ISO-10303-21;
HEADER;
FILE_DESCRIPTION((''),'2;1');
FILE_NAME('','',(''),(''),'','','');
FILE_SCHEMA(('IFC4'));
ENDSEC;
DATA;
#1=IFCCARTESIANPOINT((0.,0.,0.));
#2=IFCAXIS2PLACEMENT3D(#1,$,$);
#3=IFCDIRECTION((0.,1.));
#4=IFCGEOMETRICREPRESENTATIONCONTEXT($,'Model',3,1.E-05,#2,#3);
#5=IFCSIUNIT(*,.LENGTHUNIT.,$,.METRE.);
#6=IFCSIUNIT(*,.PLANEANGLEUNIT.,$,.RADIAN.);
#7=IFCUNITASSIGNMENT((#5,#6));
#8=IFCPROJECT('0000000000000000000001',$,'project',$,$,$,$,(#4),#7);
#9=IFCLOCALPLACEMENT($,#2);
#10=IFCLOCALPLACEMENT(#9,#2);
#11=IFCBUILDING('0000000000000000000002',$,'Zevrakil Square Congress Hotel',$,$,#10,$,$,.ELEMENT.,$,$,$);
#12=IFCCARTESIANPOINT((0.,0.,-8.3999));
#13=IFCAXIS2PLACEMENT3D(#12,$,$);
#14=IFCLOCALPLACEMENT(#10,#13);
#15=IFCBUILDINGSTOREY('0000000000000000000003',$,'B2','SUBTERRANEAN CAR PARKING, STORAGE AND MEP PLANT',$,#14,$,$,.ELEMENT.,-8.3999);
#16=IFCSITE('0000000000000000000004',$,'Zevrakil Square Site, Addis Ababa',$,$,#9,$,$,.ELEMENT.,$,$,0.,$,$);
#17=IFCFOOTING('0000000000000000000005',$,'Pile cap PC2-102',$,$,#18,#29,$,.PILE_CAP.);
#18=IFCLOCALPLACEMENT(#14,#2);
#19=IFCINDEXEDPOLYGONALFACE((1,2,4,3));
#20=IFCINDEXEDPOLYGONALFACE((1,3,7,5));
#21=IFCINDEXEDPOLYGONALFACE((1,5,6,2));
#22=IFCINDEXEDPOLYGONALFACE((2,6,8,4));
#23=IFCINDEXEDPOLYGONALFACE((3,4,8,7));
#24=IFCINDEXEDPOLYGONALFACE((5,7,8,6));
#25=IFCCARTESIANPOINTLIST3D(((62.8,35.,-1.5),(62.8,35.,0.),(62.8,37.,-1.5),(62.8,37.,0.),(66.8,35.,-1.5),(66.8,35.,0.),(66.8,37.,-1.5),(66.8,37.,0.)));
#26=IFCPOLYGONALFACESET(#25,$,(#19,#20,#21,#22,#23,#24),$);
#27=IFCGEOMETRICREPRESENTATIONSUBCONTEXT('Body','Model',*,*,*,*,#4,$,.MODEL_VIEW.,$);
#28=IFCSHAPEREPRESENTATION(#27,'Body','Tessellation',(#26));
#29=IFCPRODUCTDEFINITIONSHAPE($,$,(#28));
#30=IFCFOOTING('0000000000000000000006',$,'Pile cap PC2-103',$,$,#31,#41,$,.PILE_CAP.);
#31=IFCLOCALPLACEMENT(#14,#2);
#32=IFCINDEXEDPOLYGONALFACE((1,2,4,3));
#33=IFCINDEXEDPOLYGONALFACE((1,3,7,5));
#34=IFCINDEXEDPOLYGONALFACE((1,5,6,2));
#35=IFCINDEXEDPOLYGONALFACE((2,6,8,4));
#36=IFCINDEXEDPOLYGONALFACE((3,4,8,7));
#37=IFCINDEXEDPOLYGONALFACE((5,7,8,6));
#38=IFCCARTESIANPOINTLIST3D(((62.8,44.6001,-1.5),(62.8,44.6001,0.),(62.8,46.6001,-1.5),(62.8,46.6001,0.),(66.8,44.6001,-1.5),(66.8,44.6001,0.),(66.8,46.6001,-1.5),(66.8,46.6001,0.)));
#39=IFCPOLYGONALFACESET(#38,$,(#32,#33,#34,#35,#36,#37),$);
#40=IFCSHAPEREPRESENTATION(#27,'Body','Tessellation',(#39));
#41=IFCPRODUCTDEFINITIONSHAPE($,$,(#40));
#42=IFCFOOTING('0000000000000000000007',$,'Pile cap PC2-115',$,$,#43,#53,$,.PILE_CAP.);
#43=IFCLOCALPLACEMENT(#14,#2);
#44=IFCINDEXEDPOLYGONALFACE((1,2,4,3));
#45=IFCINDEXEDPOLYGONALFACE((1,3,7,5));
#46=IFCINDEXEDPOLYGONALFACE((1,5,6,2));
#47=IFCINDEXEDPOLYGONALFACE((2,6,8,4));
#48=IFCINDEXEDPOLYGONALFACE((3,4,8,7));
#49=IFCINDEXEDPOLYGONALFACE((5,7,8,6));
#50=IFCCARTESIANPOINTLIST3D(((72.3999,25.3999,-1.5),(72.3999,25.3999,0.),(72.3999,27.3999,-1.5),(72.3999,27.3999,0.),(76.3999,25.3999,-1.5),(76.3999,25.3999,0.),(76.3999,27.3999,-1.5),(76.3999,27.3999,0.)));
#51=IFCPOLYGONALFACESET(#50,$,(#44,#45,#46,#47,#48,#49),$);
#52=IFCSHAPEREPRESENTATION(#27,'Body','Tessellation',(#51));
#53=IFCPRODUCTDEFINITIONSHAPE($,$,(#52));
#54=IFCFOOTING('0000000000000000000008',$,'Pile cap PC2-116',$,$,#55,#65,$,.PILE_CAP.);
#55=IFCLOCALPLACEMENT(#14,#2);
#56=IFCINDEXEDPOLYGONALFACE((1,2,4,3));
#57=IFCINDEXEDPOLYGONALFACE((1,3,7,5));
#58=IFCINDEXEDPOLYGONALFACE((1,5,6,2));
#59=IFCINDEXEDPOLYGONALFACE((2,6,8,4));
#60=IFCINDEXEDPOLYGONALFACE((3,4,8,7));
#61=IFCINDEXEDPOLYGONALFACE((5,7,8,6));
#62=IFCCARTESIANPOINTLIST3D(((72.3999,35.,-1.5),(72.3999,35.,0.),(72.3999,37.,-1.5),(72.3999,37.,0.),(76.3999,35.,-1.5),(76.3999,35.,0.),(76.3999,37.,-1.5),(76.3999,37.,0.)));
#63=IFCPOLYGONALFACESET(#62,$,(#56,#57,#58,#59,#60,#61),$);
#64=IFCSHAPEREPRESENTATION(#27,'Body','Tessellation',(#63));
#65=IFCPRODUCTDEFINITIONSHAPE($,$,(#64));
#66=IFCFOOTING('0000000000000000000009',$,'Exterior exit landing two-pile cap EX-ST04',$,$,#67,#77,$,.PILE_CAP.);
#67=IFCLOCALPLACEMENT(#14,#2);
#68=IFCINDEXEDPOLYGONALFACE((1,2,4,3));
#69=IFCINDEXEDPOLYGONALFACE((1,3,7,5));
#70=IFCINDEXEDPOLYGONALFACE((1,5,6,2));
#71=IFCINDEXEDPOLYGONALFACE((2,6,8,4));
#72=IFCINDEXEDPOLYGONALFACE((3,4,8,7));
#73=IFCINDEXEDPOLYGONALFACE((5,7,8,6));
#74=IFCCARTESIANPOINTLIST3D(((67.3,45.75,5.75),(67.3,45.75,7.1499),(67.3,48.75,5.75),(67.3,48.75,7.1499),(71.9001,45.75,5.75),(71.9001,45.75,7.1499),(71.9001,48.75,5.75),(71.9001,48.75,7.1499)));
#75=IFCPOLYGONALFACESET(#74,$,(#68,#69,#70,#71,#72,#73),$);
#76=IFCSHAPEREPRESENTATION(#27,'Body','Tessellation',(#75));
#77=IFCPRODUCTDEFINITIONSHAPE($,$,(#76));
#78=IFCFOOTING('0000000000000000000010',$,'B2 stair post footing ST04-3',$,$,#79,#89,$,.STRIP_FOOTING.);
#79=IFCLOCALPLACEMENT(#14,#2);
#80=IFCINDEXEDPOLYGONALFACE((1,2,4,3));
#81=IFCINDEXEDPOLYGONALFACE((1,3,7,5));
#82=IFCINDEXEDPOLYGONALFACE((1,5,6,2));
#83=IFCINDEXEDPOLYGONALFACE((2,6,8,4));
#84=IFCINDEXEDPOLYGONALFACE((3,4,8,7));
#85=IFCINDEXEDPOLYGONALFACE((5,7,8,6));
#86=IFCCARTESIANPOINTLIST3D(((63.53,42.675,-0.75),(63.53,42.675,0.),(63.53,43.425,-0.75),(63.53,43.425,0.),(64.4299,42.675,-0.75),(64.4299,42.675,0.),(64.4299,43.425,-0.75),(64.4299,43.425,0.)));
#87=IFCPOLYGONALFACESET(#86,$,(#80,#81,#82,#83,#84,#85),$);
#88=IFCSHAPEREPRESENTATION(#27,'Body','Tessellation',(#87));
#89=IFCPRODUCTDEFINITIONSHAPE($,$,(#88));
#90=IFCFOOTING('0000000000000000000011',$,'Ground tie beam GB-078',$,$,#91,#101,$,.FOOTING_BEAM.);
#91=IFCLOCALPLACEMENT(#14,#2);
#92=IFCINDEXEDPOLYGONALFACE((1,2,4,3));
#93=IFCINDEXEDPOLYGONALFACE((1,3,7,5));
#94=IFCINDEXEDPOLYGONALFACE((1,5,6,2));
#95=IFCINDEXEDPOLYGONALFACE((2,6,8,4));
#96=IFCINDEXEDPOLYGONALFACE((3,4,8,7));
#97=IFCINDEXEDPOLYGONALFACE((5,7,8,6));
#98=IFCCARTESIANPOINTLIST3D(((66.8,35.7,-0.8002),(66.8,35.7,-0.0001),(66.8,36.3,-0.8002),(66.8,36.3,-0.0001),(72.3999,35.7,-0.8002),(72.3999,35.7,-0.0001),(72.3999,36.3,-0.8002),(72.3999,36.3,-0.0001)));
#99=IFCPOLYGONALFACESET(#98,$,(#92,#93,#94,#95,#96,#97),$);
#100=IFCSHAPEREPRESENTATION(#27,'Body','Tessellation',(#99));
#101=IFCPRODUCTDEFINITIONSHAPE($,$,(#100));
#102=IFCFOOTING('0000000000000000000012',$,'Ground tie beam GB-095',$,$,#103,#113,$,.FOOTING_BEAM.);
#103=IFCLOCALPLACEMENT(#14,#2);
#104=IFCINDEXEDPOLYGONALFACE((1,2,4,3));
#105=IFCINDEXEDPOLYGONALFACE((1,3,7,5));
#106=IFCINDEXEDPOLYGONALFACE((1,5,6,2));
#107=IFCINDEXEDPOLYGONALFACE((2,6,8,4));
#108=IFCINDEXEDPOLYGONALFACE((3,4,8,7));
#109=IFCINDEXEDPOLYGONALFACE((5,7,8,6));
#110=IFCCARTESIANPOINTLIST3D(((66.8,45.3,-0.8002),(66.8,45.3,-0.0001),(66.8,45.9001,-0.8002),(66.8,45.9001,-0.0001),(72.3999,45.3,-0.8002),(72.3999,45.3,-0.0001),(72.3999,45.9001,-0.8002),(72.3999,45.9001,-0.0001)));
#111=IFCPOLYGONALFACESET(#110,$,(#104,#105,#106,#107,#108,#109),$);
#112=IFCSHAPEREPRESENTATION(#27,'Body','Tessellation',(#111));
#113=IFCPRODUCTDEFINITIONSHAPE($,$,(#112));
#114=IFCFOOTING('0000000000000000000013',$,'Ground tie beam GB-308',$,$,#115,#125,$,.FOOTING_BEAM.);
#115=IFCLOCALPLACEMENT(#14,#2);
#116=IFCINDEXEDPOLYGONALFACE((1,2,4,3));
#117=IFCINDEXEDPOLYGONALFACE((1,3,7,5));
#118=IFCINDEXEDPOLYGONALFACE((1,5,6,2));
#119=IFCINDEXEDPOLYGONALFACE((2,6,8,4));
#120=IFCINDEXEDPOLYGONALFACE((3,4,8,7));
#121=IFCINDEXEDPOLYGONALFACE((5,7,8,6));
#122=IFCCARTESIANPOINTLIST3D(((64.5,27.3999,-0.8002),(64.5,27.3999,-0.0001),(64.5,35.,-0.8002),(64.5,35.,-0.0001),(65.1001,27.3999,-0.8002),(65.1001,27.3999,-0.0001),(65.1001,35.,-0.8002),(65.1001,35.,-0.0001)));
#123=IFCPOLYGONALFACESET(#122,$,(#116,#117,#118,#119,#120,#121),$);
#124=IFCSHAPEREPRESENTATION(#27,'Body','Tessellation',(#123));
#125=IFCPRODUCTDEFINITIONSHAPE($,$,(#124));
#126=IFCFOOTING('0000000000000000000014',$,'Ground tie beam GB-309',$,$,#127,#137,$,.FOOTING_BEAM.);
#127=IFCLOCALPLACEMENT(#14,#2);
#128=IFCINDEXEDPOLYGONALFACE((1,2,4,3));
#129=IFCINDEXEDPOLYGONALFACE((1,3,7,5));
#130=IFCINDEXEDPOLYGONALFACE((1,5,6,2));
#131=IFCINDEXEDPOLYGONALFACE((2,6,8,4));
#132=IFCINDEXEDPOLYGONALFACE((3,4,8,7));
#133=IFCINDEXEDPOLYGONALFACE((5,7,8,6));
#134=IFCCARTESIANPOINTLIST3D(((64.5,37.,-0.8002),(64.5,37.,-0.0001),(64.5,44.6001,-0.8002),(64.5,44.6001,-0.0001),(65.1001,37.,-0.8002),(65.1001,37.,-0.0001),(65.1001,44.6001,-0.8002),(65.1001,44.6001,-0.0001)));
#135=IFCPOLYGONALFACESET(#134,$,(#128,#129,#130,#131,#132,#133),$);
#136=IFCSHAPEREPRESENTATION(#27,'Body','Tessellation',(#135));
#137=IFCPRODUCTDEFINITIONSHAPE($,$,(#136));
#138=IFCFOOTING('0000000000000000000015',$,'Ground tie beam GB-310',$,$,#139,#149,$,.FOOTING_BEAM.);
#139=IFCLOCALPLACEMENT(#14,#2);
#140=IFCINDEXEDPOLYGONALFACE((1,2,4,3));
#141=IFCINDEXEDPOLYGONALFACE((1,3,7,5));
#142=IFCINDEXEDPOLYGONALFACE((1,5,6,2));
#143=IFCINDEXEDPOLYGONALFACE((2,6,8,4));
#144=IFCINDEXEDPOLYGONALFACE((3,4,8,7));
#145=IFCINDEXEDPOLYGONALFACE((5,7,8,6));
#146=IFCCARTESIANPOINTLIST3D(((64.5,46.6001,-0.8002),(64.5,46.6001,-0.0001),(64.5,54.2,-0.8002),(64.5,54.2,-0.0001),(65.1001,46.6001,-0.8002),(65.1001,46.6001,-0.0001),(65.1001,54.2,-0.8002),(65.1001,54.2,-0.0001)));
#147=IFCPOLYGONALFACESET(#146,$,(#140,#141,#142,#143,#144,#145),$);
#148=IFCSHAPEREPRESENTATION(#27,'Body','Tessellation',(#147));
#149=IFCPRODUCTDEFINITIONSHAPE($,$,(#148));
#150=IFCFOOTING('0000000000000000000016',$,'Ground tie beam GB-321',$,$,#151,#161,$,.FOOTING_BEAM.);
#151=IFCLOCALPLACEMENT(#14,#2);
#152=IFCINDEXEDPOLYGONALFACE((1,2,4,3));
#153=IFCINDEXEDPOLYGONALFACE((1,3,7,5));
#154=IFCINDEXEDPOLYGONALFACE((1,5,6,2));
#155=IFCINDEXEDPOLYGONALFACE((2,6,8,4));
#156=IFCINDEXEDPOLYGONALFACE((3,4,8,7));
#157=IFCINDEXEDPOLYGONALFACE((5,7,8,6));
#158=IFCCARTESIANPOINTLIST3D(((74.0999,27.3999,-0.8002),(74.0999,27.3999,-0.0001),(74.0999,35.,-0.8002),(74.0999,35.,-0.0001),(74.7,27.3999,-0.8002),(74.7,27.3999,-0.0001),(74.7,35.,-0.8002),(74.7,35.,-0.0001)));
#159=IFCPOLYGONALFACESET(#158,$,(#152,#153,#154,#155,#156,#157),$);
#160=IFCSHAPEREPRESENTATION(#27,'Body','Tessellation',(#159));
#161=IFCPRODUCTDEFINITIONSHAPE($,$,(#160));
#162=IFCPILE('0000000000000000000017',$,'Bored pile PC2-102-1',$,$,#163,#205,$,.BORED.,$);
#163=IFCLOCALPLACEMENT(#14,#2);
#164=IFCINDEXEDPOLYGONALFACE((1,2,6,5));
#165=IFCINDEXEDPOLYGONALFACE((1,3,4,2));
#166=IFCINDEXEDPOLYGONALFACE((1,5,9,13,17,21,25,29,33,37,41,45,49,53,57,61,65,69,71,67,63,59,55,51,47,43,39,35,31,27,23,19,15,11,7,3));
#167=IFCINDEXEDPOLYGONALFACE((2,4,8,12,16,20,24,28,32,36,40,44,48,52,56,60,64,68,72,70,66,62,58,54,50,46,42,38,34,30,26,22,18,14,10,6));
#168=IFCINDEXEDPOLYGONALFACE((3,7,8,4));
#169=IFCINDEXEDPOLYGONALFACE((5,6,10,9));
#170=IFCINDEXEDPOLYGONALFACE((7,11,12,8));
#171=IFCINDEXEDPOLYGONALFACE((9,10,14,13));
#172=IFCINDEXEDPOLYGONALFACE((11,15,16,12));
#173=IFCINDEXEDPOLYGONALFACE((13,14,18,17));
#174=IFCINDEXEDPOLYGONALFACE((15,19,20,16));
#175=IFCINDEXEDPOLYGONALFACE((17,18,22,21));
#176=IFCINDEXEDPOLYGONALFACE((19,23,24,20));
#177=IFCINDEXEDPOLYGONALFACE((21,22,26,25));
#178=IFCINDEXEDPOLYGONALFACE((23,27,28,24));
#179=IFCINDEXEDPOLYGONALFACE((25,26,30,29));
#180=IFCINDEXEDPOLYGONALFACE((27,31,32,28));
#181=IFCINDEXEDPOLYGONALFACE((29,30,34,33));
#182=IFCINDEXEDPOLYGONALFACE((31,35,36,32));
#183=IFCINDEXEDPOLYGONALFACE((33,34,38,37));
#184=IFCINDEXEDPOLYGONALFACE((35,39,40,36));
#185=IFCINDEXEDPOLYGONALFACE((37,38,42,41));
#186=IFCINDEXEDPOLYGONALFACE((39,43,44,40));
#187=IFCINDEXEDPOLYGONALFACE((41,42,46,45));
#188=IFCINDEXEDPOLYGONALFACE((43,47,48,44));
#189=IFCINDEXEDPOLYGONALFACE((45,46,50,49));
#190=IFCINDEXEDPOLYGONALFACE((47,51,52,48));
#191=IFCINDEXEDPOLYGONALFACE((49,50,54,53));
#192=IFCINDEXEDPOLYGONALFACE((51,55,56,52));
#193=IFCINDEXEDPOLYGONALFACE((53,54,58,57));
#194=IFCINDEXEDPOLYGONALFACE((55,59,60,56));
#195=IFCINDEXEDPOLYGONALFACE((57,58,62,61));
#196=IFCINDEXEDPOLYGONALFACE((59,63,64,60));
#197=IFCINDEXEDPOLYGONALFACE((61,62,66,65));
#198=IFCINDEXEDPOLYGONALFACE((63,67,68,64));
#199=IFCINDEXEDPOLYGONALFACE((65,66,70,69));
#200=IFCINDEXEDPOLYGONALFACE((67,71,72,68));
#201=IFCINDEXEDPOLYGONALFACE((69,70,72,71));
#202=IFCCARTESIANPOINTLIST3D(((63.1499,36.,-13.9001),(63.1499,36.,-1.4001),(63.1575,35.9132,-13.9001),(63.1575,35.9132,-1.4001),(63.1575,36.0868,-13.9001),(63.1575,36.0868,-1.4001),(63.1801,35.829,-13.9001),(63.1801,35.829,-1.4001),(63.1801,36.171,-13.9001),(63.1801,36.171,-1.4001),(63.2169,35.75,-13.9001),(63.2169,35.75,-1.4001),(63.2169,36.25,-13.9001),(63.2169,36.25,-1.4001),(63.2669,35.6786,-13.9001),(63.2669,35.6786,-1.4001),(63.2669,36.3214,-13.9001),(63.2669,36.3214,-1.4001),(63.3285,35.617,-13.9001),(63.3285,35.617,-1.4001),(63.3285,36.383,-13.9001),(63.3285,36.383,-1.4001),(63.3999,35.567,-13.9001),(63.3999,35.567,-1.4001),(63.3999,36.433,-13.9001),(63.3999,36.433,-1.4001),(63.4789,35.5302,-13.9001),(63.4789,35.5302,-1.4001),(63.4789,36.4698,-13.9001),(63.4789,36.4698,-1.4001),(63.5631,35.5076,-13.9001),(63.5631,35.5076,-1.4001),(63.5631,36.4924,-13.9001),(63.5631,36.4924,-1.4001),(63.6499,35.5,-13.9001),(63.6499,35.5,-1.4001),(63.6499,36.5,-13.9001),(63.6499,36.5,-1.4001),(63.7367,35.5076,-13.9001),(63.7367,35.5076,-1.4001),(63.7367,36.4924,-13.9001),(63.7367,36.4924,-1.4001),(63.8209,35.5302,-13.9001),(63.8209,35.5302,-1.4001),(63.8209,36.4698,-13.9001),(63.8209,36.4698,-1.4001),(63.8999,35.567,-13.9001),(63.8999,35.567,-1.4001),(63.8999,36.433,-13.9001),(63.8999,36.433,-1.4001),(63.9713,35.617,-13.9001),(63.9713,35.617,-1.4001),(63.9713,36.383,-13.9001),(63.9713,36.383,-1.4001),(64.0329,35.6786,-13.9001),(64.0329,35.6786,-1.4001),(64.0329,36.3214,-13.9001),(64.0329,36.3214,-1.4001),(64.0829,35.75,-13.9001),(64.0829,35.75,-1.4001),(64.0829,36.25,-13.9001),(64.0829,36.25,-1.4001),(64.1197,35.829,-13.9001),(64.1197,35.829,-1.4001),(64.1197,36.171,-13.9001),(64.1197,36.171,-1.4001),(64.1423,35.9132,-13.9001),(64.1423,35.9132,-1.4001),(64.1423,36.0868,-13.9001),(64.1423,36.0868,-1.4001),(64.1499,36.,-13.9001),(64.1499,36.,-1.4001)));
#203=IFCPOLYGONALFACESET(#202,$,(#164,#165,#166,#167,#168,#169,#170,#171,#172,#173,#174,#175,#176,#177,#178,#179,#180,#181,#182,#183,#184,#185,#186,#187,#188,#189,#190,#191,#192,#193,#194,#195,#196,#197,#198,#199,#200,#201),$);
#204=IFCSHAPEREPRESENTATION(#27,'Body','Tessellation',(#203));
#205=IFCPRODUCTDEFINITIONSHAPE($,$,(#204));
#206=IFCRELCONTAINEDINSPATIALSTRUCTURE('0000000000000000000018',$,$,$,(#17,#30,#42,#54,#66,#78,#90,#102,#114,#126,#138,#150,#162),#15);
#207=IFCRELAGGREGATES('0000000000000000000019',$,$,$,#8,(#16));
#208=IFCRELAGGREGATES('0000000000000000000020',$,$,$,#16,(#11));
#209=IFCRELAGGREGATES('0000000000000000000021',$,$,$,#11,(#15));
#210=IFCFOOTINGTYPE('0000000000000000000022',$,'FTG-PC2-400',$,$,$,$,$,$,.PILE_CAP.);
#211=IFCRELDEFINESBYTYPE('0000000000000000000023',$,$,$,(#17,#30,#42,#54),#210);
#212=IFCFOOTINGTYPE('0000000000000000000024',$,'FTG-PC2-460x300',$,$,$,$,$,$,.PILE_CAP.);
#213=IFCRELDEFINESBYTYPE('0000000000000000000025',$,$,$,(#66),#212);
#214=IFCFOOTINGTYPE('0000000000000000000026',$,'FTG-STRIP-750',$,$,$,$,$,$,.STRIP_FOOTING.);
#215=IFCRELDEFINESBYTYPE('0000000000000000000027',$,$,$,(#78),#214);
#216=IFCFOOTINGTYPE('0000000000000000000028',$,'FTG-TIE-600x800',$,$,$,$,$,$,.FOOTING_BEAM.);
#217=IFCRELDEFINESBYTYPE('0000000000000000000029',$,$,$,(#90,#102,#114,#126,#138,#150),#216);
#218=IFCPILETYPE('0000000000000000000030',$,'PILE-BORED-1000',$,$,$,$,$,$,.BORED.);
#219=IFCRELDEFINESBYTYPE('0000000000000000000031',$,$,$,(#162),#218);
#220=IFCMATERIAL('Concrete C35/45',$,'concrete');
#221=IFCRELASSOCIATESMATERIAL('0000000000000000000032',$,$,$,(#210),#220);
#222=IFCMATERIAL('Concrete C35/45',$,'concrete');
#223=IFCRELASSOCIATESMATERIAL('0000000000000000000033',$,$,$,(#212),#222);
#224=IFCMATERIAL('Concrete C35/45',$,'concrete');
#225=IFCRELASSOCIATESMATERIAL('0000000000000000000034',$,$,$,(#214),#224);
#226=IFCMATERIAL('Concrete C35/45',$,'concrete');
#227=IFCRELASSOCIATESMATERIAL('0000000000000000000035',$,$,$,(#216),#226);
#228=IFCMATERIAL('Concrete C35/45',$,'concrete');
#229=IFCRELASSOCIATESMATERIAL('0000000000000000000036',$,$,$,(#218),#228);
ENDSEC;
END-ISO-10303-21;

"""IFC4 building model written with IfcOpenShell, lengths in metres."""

from ifc_helpers import new_model, si_unit, direction, frame, origin, origin_2d, place, context, subcontext, project, spatial, rectangle, circle, extrude, material, material_profile, profile_set, type_object, element, save


model = new_model("IFC4")

# Units and contexts
model_context = context("Model", 3, precision=1e-05, world=origin(), true_north=direction((0.0, 1.0)))
body_context = subcontext(model_context, "Body", "Model", "MODEL_VIEW")
ifc_project = project(units=[si_unit("LENGTHUNIT", "METRE"), si_unit("PLANEANGLEUNIT", "RADIAN")], contexts=[model_context])

# Site, building, storey
site_placement = place(None, origin())
site = spatial("IfcSite", under=ifc_project, at=site_placement, Name="Zevrakil Square Site, Addis Ababa", CompositionType="ELEMENT", RefElevation=0.0)
building_placement = place(site_placement, origin())
building = spatial("IfcBuilding", under=site, at=building_placement, Name="Zevrakil Square Congress Hotel", CompositionType="ELEMENT")
storey_placement = place(building_placement, frame((0.0, 0.0, -8.3999)))
storey = spatial("IfcBuildingStorey", under=building, at=storey_placement, Name="B2", Description="SUBTERRANEAN CAR PARKING, STORAGE AND MEP PLANT", CompositionType="ELEMENT", Elevation=-8.3999)

# Footings
ifc_material_1 = material(Name="Concrete C35/45", Category="concrete")
footing_type_1 = type_object("IfcFootingType", Name="FTG-PC2-400", PredefinedType="PILE_CAP", material=ifc_material_1)
for number, where, z_axis, x_axis, name in (
    (1, (64.8, 36.0, -1.5), (0.0, 0.0, 1.0), (1.0, 0.0, 0.0), "Pile cap PC2-102"),
    (2, (64.8, 45.6001, -1.5), (0.0, 0.0, 1.0), (1.0, 0.0, 0.0), "Pile cap PC2-103"),
    (3, (74.3999, 26.3999, -1.5), (0.0, 0.0, 1.0), (1.0, 0.0, 0.0), "Pile cap PC2-115"),
    (4, (74.3999, 36.0, -1.5), (0.0, 0.0, 1.0), (1.0, 0.0, 0.0), "Pile cap PC2-116"),
):
    element("IfcFooting", number, at=place(storey_placement, frame(where, z_axis=z_axis, x_axis=x_axis)), inside=storey, type_object=footing_type_1, Name=name, PredefinedType="PILE_CAP", context=body_context, shape_type="SweptSolid", body=[
        extrude(rectangle(XDim=4.0, YDim=2.0, at=origin_2d()), origin(), (0.0, 0.0, 1.0), 1.5),
    ])
ifc_material_2 = material(Name="Concrete C35/45", Category="concrete")
footing_type_2 = type_object("IfcFootingType", Name="FTG-PC2-460x300", PredefinedType="PILE_CAP", material=ifc_material_2)
footing_1_placement = place(storey_placement, frame((69.6001, 47.25, 5.75), z_axis=(0.0, 0.0, 1.0), x_axis=(1.0, 0.0, 0.0)))
element("IfcFooting", 5, at=footing_1_placement, inside=storey, type_object=footing_type_2, Name="Exterior exit landing two-pile cap EX-ST04", PredefinedType="PILE_CAP", context=body_context, shape_type="SweptSolid", body=[
    extrude(rectangle(XDim=4.6001, YDim=3.0, at=origin_2d()), origin(), (0.0, 0.0, 1.0), 1.3999),
])
ifc_material_3 = material(Name="Concrete C35/45", Category="concrete")
ifc_material_profile_1 = material_profile(ifc_material_3, rectangle(XDim=0.75, YDim=0.75, at=origin_2d()), Name="RC 750x750")
ifc_profile_set_1 = profile_set([ifc_material_profile_1], Name="Concrete C35/45")
footing_type_3 = type_object("IfcFootingType", Name="FTG-STRIP-750", PredefinedType="STRIP_FOOTING", material=ifc_profile_set_1)
footing_2_placement = place(storey_placement, frame((63.53, 43.05, -0.375), z_axis=(1.0, 0.0, 0.0), x_axis=(0.0, 1.0, 0.0)))
element("IfcFooting", 6, at=footing_2_placement, inside=storey, type_object=footing_type_3, Name="B2 stair post footing ST04-3", PredefinedType="STRIP_FOOTING", context=body_context, shape_type="SweptSolid", body=[
    extrude(rectangle(XDim=0.75, YDim=0.75, at=origin_2d()), origin(), (0.0, 0.0, 1.0), 0.8999),
])
ifc_material_4 = material(Name="Concrete C35/45", Category="concrete")
ifc_material_profile_2 = material_profile(ifc_material_4, rectangle(XDim=0.6001, YDim=0.8, at=origin_2d()), Name="RC 600x800")
ifc_profile_set_2 = profile_set([ifc_material_profile_2], Name="Concrete C35/45")
footing_type_4 = type_object("IfcFootingType", Name="FTG-TIE-600x800", PredefinedType="FOOTING_BEAM", material=ifc_profile_set_2)
for number, where, z_axis, x_axis, name in (
    (7, (66.8, 36.0, -0.4001), (1.0, 0.0, 0.0), (0.0, 1.0, 0.0), "Ground tie beam GB-078"),
    (8, (66.8, 45.6001, -0.4001), (1.0, 0.0, 0.0), (0.0, 1.0, 0.0), "Ground tie beam GB-095"),
):
    element("IfcFooting", number, at=place(storey_placement, frame(where, z_axis=z_axis, x_axis=x_axis)), inside=storey, type_object=footing_type_4, Name=name, PredefinedType="FOOTING_BEAM", context=body_context, shape_type="SweptSolid", body=[
        extrude(rectangle(XDim=0.6001, YDim=0.8, at=origin_2d()), origin(), (0.0, 0.0, 1.0), 5.5999),
    ])
for number, where, z_axis, x_axis, name in (
    (9, (64.8, 27.3999, -0.4001), (0.0, 1.0, 0.0), (-1.0, 0.0, 0.0), "Ground tie beam GB-308"),
    (10, (64.8, 37.0, -0.4001), (0.0, 1.0, 0.0), (-1.0, 0.0, 0.0), "Ground tie beam GB-309"),
):
    element("IfcFooting", number, at=place(storey_placement, frame(where, z_axis=z_axis, x_axis=x_axis)), inside=storey, type_object=footing_type_4, Name=name, PredefinedType="FOOTING_BEAM", context=body_context, shape_type="SweptSolid", body=[
        extrude(rectangle(XDim=0.6001, YDim=0.8, at=origin_2d()), origin(), (0.0, 0.0, 1.0), 7.6001),
    ])
footing_3_placement = place(storey_placement, frame((64.8, 46.6001, -0.4001), z_axis=(0.0, 1.0, 0.0), x_axis=(-1.0, 0.0, 0.0)))
element("IfcFooting", 11, at=footing_3_placement, inside=storey, type_object=footing_type_4, Name="Ground tie beam GB-310", PredefinedType="FOOTING_BEAM", context=body_context, shape_type="SweptSolid", body=[
    extrude(rectangle(XDim=0.6001, YDim=0.8, at=origin_2d()), origin(), (0.0, 0.0, 1.0), 7.5999),
])
footing_4_placement = place(storey_placement, frame((74.3999, 27.3999, -0.4001), z_axis=(0.0, 1.0, 0.0), x_axis=(-1.0, 0.0, 0.0)))
element("IfcFooting", 12, at=footing_4_placement, inside=storey, type_object=footing_type_4, Name="Ground tie beam GB-321", PredefinedType="FOOTING_BEAM", context=body_context, shape_type="SweptSolid", body=[
    extrude(rectangle(XDim=0.6001, YDim=0.8, at=origin_2d()), origin(), (0.0, 0.0, 1.0), 7.6001),
])

# Pile
ifc_material_5 = material(Name="Concrete C35/45", Category="concrete")
ifc_material_profile_3 = material_profile(ifc_material_5, circle(Radius=0.5, at=origin_2d()), Name="PILE D1000")
ifc_profile_set_3 = profile_set([ifc_material_profile_3], Name="Concrete C35/45")
pile_type = type_object("IfcPileType", Name="PILE-BORED-1000", PredefinedType="BORED", material=ifc_profile_set_3)
for number, where, z_axis, x_axis, name in (
    (13, (63.6499, 36.0, -1.4001), (0.0, 0.0, -1.0), (1.0, 0.0, 0.0), "Bored pile PC2-102-1"),
):
    element("IfcPile", number, at=place(storey_placement, frame(where, z_axis=z_axis, x_axis=x_axis)), inside=storey, type_object=pile_type, Name=name, PredefinedType="BORED", context=body_context, shape_type="SweptSolid", body=[
        extrude(circle(Radius=0.5, at=origin_2d()), origin(), (0.0, 0.0, 1.0), 12.5),
    ])

save(model, "model.ifc")
